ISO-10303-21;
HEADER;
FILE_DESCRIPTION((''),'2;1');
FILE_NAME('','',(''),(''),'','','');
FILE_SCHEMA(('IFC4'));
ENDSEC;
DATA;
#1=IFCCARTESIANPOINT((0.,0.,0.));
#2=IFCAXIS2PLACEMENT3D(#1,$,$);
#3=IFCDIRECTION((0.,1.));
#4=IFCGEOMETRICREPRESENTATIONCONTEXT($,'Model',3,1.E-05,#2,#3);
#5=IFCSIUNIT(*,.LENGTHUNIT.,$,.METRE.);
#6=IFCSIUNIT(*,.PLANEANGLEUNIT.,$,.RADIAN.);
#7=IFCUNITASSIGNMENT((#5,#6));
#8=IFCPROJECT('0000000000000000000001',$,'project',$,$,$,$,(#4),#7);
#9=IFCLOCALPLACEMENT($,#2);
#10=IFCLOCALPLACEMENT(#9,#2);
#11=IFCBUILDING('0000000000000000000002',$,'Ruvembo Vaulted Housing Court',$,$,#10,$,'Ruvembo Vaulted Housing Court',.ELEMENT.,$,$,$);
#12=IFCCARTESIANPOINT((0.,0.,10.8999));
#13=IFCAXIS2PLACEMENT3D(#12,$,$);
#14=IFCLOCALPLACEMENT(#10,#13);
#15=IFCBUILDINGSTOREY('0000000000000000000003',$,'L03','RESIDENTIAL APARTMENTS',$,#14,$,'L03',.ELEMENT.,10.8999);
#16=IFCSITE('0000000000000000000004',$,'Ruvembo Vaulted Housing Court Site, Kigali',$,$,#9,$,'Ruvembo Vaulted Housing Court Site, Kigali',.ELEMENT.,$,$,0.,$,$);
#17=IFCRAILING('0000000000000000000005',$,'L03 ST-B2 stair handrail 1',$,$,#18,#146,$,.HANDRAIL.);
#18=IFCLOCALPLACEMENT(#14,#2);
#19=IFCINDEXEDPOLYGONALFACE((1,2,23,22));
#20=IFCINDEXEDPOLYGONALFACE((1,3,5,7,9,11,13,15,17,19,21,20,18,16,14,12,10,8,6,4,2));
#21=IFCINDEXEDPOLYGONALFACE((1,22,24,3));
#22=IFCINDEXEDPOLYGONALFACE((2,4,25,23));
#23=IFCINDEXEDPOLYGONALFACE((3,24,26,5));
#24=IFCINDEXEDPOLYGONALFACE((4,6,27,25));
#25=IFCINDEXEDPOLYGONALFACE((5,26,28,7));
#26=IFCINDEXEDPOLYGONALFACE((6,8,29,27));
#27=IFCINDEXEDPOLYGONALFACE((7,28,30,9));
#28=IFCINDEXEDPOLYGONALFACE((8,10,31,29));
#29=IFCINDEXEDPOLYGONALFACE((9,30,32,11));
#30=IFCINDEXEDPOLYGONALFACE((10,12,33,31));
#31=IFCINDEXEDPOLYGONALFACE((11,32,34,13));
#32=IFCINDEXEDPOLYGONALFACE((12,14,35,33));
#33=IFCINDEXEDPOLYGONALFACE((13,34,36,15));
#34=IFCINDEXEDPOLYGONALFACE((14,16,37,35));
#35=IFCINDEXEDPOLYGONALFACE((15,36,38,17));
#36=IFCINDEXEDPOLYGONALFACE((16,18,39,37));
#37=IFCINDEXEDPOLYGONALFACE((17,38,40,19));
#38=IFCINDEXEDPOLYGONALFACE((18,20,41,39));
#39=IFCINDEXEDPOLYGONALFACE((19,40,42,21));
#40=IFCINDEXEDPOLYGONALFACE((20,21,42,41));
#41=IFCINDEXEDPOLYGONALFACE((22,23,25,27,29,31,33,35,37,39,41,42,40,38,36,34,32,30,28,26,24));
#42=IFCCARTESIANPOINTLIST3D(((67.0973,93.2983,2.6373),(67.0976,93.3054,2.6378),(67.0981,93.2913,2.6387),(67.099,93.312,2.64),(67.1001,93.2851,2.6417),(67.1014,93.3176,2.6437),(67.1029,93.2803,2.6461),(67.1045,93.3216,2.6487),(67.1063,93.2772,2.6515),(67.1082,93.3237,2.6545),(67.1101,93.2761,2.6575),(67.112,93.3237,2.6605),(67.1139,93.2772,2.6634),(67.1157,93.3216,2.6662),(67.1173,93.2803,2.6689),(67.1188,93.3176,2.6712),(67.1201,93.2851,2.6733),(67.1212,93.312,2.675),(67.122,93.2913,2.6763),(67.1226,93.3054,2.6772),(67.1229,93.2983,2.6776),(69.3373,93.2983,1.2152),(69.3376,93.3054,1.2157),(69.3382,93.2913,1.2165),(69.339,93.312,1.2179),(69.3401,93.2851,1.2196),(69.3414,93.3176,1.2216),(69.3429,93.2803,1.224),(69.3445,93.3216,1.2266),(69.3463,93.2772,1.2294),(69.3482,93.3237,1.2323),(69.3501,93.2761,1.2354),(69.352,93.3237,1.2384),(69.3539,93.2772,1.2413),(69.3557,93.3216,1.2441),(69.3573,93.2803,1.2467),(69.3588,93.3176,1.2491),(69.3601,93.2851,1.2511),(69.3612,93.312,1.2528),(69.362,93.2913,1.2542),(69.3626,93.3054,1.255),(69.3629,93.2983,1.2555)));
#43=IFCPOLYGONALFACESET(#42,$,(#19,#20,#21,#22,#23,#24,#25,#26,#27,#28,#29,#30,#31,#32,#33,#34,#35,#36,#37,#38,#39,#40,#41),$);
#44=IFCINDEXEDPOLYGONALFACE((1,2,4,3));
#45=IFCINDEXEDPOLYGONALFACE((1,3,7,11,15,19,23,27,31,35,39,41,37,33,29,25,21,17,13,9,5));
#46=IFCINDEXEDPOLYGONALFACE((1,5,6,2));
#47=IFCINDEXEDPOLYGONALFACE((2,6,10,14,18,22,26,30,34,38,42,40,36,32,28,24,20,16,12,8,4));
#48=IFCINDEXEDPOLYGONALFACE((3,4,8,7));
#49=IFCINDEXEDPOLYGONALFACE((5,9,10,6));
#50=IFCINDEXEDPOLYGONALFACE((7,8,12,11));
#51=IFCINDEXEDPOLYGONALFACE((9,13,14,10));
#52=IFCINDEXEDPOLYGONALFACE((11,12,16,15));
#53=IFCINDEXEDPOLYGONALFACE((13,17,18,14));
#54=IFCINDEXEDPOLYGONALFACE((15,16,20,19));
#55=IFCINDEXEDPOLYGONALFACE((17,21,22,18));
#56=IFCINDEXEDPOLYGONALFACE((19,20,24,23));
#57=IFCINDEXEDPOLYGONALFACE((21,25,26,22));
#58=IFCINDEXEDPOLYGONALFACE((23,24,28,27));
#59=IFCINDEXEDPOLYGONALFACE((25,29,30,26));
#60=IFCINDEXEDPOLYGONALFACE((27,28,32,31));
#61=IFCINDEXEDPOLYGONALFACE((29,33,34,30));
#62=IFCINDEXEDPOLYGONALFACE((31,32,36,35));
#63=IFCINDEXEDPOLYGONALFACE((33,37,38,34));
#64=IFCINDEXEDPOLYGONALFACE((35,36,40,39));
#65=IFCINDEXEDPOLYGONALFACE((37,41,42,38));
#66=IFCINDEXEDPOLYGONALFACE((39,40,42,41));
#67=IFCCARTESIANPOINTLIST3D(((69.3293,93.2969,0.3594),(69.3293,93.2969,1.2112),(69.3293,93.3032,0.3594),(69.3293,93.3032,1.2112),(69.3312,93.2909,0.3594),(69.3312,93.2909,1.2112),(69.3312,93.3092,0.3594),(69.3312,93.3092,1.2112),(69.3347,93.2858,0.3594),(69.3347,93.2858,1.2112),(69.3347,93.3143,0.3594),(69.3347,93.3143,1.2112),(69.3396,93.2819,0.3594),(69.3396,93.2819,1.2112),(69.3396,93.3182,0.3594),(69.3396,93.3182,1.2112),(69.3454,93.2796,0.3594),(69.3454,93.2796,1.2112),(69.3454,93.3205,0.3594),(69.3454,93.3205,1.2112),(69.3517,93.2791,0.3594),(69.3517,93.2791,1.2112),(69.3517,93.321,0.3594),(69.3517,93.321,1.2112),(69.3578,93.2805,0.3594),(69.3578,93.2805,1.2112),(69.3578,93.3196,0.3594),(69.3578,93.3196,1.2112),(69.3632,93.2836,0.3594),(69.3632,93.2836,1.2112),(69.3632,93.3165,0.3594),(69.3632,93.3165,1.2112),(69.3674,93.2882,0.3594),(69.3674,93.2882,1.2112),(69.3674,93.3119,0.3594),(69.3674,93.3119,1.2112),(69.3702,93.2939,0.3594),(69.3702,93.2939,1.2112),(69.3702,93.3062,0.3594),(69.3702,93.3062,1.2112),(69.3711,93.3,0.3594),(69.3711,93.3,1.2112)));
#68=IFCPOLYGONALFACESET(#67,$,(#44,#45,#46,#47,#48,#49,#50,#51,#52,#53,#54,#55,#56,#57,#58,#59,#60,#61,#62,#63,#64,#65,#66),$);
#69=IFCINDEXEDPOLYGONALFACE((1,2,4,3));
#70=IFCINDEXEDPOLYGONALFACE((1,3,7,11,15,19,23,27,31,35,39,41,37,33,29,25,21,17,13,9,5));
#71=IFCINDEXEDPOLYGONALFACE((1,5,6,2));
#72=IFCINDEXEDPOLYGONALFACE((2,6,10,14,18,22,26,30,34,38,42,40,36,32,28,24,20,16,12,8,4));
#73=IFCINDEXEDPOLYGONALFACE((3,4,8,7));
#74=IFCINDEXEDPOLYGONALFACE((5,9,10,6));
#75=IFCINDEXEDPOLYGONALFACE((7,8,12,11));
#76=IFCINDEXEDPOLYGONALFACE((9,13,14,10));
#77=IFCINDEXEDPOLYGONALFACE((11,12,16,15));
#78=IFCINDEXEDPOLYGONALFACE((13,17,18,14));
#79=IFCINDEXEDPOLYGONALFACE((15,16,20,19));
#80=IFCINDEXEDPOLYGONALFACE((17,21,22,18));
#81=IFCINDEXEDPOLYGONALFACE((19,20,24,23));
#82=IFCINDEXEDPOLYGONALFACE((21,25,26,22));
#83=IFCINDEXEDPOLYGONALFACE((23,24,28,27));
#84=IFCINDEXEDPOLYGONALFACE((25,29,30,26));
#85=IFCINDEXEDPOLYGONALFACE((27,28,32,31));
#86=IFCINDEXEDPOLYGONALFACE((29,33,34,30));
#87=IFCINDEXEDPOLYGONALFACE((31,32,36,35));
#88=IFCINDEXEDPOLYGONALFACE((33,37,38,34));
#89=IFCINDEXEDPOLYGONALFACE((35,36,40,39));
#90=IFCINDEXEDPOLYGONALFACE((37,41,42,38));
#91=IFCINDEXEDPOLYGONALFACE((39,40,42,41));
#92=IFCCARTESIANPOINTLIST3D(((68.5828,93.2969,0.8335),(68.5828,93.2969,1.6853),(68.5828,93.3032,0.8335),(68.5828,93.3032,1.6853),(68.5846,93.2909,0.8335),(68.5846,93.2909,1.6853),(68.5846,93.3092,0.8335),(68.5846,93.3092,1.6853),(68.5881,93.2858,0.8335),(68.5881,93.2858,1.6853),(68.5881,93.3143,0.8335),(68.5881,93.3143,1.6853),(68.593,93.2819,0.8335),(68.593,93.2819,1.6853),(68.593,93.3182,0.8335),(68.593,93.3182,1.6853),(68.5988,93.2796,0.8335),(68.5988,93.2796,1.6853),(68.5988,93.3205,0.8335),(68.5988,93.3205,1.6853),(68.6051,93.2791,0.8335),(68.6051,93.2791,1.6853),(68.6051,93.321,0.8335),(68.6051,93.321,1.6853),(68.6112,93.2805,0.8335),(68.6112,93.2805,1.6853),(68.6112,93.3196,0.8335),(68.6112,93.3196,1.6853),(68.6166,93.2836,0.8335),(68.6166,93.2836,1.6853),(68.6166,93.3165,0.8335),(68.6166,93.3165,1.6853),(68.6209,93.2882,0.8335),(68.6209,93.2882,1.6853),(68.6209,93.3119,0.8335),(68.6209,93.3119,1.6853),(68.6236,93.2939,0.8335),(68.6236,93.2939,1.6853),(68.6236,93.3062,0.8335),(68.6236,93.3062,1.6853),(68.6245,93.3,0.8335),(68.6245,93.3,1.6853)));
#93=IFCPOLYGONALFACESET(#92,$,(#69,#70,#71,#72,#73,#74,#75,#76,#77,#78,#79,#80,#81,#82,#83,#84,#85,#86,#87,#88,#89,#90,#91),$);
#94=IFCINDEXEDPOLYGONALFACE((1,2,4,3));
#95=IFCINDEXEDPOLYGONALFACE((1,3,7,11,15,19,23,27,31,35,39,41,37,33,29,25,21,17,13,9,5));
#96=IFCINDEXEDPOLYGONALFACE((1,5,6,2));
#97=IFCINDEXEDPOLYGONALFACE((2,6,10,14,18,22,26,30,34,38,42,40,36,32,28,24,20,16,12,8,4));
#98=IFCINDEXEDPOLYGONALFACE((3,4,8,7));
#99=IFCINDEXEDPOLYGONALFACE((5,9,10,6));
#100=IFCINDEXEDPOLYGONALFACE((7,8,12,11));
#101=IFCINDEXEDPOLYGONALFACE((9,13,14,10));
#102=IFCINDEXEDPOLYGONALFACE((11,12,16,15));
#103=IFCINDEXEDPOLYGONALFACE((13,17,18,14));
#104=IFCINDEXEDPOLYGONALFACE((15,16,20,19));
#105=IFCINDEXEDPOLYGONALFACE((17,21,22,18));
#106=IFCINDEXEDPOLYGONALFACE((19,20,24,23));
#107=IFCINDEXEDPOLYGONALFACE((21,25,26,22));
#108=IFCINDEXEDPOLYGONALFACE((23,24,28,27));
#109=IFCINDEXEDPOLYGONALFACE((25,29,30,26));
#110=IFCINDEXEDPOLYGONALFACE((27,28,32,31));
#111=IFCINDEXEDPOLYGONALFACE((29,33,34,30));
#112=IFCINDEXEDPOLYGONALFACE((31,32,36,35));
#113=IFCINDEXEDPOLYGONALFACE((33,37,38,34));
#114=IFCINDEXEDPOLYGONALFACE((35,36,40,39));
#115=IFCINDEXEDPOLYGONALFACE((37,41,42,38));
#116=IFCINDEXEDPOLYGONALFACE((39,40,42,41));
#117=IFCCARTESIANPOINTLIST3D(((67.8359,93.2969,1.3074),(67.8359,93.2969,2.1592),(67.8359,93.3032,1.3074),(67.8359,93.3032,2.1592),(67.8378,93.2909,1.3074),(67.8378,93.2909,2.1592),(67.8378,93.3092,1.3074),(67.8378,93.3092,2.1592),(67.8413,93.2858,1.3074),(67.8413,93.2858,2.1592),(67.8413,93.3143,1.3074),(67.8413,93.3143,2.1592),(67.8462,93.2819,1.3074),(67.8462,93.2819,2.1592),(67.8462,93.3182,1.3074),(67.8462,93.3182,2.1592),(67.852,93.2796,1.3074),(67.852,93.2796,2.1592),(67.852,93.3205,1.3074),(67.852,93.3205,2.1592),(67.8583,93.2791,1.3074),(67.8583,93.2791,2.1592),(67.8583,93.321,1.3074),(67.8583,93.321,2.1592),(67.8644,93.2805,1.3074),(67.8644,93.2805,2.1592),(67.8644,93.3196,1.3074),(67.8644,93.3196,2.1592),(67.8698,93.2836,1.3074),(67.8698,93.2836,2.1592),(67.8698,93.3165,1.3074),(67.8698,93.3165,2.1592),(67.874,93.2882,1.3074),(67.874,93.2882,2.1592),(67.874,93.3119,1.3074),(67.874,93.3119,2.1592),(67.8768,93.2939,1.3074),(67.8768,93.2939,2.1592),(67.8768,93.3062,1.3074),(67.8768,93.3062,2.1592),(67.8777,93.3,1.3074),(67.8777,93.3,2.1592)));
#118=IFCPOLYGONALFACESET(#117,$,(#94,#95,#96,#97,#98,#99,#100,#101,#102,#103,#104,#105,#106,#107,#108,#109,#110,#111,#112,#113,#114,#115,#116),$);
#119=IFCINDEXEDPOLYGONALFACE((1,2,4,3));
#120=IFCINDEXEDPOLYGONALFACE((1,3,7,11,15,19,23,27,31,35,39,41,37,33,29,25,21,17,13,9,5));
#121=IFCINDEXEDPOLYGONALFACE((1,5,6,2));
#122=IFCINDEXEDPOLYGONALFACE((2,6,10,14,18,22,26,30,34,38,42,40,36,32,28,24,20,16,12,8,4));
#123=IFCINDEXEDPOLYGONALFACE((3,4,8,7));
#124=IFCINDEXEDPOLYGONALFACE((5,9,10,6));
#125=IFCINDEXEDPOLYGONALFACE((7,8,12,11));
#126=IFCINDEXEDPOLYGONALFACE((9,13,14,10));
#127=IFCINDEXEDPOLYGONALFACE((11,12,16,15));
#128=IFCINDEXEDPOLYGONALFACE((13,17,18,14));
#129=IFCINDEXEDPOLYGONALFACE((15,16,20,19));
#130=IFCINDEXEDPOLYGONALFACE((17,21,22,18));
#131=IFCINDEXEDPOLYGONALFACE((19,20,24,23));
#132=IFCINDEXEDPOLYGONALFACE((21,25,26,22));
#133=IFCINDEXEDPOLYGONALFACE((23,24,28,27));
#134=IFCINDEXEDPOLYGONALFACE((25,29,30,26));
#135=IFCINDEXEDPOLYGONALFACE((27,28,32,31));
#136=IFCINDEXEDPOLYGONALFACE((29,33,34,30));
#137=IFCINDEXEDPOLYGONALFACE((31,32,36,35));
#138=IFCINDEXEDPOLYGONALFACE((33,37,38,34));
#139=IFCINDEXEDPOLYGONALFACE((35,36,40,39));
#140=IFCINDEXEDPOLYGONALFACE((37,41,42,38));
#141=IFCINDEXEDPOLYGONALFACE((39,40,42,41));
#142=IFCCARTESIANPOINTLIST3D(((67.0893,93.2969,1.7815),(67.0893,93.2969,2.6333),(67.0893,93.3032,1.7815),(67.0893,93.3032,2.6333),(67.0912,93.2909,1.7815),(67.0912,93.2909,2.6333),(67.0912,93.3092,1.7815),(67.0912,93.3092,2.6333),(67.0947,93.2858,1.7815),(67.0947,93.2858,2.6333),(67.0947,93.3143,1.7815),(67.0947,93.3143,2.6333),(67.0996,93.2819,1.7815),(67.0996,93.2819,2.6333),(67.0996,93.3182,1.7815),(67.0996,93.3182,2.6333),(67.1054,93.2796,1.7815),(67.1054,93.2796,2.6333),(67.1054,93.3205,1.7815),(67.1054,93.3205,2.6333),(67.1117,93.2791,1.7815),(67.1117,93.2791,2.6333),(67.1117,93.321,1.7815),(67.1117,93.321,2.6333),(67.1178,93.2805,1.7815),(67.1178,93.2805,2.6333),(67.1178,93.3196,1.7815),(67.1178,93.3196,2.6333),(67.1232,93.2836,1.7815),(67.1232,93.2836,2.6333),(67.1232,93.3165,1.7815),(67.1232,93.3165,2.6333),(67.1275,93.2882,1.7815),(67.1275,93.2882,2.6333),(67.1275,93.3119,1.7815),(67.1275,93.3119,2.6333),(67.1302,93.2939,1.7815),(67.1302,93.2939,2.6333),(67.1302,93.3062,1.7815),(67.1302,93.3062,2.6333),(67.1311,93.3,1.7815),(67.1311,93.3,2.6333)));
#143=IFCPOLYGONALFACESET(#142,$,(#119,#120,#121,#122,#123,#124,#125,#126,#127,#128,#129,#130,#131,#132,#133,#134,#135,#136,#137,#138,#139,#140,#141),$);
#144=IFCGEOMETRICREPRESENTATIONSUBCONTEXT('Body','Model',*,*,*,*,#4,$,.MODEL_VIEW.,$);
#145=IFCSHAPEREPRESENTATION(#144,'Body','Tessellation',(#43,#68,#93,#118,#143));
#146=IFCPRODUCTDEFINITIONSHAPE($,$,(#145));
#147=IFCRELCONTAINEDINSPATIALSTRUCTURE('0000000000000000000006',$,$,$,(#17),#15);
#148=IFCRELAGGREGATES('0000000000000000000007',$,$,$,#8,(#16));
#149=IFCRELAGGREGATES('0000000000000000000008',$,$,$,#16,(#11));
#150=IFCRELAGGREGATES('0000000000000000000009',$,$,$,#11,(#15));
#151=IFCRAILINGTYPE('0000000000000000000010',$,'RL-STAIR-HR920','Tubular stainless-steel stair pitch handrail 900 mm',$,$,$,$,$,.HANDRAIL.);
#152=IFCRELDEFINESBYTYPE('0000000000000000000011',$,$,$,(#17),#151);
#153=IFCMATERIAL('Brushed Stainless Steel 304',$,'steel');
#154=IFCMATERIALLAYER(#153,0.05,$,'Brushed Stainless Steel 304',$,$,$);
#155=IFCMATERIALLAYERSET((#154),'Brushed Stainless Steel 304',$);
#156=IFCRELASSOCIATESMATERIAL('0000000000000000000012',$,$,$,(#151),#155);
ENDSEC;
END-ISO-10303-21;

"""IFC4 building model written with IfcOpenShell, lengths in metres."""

from ifc_helpers import new_model, si_unit, direction, frame, origin, origin_2d, place, context, subcontext, project, spatial, circle, extrude, material, layer, layer_set, type_object, element, save


model = new_model("IFC4")

# Units and contexts
model_context = context("Model", 3, precision=1e-05, world=origin(), true_north=direction((0.0, 1.0)))
body_context = subcontext(model_context, "Body", "Model", "MODEL_VIEW")
ifc_project = project(units=[si_unit("LENGTHUNIT", "METRE"), si_unit("PLANEANGLEUNIT", "RADIAN")], contexts=[model_context])

# Site, building, storey
site_placement = place(None, origin())
site = spatial("IfcSite", under=ifc_project, at=site_placement, Name="Ruvembo Vaulted Housing Court Site, Kigali", LongName="Ruvembo Vaulted Housing Court Site, Kigali", CompositionType="ELEMENT", RefElevation=0.0)
building_placement = place(site_placement, origin())
building = spatial("IfcBuilding", under=site, at=building_placement, Name="Ruvembo Vaulted Housing Court", LongName="Ruvembo Vaulted Housing Court", CompositionType="ELEMENT")
storey_placement = place(building_placement, frame((0.0, 0.0, 10.8999)))
storey = spatial("IfcBuildingStorey", under=building, at=storey_placement, Name="L03", Description="RESIDENTIAL APARTMENTS", LongName="L03", CompositionType="ELEMENT", Elevation=10.8999)

# Railing
ifc_material_1 = material(Name="Brushed Stainless Steel 304", Category="steel")
ifc_layer_1 = layer(ifc_material_1, 0.05, Name="Brushed Stainless Steel 304")
ifc_layer_set_1 = layer_set([ifc_layer_1], Name="Brushed Stainless Steel 304")
railing_type_1 = type_object("IfcRailingType", Name="RL-STAIR-HR920", Description="Tubular stainless-steel stair pitch handrail 900 mm", PredefinedType="HANDRAIL", material=ifc_layer_set_1)
railing_1_placement = place(storey_placement, frame((69.3501, 93.3, 0.3594)))
element("IfcRailing", 1, at=railing_1_placement, inside=storey, type_object=railing_type_1, Name="L03 ST-B2 stair handrail 1", PredefinedType="HANDRAIL", context=body_context, shape_type="SweptSolid", body=[
    extrude(circle(Radius=0.0239, at=origin_2d()), frame((0.0, 0.0, 0.876), z_axis=(-0.844229, 0.0, 0.535982), x_axis=(0.0, -1.0, 0.0)), (0.0, 0.0, 1.0), 2.6533),
    extrude(circle(Radius=0.021, at=origin_2d()), origin(), (0.0, 0.0, 1.0), 0.8518),
    extrude(circle(Radius=0.021, at=origin_2d()), frame((-0.7466, 0.0, 0.4741)), (0.0, 0.0, 1.0), 0.8518),
    extrude(circle(Radius=0.021, at=origin_2d()), frame((-1.4934, 0.0, 0.948)), (0.0, 0.0, 1.0), 0.8518),
    extrude(circle(Radius=0.021, at=origin_2d()), frame((-2.24, 0.0, 1.4221)), (0.0, 0.0, 1.0), 0.8518),
])

save(model, "model.ifc")
